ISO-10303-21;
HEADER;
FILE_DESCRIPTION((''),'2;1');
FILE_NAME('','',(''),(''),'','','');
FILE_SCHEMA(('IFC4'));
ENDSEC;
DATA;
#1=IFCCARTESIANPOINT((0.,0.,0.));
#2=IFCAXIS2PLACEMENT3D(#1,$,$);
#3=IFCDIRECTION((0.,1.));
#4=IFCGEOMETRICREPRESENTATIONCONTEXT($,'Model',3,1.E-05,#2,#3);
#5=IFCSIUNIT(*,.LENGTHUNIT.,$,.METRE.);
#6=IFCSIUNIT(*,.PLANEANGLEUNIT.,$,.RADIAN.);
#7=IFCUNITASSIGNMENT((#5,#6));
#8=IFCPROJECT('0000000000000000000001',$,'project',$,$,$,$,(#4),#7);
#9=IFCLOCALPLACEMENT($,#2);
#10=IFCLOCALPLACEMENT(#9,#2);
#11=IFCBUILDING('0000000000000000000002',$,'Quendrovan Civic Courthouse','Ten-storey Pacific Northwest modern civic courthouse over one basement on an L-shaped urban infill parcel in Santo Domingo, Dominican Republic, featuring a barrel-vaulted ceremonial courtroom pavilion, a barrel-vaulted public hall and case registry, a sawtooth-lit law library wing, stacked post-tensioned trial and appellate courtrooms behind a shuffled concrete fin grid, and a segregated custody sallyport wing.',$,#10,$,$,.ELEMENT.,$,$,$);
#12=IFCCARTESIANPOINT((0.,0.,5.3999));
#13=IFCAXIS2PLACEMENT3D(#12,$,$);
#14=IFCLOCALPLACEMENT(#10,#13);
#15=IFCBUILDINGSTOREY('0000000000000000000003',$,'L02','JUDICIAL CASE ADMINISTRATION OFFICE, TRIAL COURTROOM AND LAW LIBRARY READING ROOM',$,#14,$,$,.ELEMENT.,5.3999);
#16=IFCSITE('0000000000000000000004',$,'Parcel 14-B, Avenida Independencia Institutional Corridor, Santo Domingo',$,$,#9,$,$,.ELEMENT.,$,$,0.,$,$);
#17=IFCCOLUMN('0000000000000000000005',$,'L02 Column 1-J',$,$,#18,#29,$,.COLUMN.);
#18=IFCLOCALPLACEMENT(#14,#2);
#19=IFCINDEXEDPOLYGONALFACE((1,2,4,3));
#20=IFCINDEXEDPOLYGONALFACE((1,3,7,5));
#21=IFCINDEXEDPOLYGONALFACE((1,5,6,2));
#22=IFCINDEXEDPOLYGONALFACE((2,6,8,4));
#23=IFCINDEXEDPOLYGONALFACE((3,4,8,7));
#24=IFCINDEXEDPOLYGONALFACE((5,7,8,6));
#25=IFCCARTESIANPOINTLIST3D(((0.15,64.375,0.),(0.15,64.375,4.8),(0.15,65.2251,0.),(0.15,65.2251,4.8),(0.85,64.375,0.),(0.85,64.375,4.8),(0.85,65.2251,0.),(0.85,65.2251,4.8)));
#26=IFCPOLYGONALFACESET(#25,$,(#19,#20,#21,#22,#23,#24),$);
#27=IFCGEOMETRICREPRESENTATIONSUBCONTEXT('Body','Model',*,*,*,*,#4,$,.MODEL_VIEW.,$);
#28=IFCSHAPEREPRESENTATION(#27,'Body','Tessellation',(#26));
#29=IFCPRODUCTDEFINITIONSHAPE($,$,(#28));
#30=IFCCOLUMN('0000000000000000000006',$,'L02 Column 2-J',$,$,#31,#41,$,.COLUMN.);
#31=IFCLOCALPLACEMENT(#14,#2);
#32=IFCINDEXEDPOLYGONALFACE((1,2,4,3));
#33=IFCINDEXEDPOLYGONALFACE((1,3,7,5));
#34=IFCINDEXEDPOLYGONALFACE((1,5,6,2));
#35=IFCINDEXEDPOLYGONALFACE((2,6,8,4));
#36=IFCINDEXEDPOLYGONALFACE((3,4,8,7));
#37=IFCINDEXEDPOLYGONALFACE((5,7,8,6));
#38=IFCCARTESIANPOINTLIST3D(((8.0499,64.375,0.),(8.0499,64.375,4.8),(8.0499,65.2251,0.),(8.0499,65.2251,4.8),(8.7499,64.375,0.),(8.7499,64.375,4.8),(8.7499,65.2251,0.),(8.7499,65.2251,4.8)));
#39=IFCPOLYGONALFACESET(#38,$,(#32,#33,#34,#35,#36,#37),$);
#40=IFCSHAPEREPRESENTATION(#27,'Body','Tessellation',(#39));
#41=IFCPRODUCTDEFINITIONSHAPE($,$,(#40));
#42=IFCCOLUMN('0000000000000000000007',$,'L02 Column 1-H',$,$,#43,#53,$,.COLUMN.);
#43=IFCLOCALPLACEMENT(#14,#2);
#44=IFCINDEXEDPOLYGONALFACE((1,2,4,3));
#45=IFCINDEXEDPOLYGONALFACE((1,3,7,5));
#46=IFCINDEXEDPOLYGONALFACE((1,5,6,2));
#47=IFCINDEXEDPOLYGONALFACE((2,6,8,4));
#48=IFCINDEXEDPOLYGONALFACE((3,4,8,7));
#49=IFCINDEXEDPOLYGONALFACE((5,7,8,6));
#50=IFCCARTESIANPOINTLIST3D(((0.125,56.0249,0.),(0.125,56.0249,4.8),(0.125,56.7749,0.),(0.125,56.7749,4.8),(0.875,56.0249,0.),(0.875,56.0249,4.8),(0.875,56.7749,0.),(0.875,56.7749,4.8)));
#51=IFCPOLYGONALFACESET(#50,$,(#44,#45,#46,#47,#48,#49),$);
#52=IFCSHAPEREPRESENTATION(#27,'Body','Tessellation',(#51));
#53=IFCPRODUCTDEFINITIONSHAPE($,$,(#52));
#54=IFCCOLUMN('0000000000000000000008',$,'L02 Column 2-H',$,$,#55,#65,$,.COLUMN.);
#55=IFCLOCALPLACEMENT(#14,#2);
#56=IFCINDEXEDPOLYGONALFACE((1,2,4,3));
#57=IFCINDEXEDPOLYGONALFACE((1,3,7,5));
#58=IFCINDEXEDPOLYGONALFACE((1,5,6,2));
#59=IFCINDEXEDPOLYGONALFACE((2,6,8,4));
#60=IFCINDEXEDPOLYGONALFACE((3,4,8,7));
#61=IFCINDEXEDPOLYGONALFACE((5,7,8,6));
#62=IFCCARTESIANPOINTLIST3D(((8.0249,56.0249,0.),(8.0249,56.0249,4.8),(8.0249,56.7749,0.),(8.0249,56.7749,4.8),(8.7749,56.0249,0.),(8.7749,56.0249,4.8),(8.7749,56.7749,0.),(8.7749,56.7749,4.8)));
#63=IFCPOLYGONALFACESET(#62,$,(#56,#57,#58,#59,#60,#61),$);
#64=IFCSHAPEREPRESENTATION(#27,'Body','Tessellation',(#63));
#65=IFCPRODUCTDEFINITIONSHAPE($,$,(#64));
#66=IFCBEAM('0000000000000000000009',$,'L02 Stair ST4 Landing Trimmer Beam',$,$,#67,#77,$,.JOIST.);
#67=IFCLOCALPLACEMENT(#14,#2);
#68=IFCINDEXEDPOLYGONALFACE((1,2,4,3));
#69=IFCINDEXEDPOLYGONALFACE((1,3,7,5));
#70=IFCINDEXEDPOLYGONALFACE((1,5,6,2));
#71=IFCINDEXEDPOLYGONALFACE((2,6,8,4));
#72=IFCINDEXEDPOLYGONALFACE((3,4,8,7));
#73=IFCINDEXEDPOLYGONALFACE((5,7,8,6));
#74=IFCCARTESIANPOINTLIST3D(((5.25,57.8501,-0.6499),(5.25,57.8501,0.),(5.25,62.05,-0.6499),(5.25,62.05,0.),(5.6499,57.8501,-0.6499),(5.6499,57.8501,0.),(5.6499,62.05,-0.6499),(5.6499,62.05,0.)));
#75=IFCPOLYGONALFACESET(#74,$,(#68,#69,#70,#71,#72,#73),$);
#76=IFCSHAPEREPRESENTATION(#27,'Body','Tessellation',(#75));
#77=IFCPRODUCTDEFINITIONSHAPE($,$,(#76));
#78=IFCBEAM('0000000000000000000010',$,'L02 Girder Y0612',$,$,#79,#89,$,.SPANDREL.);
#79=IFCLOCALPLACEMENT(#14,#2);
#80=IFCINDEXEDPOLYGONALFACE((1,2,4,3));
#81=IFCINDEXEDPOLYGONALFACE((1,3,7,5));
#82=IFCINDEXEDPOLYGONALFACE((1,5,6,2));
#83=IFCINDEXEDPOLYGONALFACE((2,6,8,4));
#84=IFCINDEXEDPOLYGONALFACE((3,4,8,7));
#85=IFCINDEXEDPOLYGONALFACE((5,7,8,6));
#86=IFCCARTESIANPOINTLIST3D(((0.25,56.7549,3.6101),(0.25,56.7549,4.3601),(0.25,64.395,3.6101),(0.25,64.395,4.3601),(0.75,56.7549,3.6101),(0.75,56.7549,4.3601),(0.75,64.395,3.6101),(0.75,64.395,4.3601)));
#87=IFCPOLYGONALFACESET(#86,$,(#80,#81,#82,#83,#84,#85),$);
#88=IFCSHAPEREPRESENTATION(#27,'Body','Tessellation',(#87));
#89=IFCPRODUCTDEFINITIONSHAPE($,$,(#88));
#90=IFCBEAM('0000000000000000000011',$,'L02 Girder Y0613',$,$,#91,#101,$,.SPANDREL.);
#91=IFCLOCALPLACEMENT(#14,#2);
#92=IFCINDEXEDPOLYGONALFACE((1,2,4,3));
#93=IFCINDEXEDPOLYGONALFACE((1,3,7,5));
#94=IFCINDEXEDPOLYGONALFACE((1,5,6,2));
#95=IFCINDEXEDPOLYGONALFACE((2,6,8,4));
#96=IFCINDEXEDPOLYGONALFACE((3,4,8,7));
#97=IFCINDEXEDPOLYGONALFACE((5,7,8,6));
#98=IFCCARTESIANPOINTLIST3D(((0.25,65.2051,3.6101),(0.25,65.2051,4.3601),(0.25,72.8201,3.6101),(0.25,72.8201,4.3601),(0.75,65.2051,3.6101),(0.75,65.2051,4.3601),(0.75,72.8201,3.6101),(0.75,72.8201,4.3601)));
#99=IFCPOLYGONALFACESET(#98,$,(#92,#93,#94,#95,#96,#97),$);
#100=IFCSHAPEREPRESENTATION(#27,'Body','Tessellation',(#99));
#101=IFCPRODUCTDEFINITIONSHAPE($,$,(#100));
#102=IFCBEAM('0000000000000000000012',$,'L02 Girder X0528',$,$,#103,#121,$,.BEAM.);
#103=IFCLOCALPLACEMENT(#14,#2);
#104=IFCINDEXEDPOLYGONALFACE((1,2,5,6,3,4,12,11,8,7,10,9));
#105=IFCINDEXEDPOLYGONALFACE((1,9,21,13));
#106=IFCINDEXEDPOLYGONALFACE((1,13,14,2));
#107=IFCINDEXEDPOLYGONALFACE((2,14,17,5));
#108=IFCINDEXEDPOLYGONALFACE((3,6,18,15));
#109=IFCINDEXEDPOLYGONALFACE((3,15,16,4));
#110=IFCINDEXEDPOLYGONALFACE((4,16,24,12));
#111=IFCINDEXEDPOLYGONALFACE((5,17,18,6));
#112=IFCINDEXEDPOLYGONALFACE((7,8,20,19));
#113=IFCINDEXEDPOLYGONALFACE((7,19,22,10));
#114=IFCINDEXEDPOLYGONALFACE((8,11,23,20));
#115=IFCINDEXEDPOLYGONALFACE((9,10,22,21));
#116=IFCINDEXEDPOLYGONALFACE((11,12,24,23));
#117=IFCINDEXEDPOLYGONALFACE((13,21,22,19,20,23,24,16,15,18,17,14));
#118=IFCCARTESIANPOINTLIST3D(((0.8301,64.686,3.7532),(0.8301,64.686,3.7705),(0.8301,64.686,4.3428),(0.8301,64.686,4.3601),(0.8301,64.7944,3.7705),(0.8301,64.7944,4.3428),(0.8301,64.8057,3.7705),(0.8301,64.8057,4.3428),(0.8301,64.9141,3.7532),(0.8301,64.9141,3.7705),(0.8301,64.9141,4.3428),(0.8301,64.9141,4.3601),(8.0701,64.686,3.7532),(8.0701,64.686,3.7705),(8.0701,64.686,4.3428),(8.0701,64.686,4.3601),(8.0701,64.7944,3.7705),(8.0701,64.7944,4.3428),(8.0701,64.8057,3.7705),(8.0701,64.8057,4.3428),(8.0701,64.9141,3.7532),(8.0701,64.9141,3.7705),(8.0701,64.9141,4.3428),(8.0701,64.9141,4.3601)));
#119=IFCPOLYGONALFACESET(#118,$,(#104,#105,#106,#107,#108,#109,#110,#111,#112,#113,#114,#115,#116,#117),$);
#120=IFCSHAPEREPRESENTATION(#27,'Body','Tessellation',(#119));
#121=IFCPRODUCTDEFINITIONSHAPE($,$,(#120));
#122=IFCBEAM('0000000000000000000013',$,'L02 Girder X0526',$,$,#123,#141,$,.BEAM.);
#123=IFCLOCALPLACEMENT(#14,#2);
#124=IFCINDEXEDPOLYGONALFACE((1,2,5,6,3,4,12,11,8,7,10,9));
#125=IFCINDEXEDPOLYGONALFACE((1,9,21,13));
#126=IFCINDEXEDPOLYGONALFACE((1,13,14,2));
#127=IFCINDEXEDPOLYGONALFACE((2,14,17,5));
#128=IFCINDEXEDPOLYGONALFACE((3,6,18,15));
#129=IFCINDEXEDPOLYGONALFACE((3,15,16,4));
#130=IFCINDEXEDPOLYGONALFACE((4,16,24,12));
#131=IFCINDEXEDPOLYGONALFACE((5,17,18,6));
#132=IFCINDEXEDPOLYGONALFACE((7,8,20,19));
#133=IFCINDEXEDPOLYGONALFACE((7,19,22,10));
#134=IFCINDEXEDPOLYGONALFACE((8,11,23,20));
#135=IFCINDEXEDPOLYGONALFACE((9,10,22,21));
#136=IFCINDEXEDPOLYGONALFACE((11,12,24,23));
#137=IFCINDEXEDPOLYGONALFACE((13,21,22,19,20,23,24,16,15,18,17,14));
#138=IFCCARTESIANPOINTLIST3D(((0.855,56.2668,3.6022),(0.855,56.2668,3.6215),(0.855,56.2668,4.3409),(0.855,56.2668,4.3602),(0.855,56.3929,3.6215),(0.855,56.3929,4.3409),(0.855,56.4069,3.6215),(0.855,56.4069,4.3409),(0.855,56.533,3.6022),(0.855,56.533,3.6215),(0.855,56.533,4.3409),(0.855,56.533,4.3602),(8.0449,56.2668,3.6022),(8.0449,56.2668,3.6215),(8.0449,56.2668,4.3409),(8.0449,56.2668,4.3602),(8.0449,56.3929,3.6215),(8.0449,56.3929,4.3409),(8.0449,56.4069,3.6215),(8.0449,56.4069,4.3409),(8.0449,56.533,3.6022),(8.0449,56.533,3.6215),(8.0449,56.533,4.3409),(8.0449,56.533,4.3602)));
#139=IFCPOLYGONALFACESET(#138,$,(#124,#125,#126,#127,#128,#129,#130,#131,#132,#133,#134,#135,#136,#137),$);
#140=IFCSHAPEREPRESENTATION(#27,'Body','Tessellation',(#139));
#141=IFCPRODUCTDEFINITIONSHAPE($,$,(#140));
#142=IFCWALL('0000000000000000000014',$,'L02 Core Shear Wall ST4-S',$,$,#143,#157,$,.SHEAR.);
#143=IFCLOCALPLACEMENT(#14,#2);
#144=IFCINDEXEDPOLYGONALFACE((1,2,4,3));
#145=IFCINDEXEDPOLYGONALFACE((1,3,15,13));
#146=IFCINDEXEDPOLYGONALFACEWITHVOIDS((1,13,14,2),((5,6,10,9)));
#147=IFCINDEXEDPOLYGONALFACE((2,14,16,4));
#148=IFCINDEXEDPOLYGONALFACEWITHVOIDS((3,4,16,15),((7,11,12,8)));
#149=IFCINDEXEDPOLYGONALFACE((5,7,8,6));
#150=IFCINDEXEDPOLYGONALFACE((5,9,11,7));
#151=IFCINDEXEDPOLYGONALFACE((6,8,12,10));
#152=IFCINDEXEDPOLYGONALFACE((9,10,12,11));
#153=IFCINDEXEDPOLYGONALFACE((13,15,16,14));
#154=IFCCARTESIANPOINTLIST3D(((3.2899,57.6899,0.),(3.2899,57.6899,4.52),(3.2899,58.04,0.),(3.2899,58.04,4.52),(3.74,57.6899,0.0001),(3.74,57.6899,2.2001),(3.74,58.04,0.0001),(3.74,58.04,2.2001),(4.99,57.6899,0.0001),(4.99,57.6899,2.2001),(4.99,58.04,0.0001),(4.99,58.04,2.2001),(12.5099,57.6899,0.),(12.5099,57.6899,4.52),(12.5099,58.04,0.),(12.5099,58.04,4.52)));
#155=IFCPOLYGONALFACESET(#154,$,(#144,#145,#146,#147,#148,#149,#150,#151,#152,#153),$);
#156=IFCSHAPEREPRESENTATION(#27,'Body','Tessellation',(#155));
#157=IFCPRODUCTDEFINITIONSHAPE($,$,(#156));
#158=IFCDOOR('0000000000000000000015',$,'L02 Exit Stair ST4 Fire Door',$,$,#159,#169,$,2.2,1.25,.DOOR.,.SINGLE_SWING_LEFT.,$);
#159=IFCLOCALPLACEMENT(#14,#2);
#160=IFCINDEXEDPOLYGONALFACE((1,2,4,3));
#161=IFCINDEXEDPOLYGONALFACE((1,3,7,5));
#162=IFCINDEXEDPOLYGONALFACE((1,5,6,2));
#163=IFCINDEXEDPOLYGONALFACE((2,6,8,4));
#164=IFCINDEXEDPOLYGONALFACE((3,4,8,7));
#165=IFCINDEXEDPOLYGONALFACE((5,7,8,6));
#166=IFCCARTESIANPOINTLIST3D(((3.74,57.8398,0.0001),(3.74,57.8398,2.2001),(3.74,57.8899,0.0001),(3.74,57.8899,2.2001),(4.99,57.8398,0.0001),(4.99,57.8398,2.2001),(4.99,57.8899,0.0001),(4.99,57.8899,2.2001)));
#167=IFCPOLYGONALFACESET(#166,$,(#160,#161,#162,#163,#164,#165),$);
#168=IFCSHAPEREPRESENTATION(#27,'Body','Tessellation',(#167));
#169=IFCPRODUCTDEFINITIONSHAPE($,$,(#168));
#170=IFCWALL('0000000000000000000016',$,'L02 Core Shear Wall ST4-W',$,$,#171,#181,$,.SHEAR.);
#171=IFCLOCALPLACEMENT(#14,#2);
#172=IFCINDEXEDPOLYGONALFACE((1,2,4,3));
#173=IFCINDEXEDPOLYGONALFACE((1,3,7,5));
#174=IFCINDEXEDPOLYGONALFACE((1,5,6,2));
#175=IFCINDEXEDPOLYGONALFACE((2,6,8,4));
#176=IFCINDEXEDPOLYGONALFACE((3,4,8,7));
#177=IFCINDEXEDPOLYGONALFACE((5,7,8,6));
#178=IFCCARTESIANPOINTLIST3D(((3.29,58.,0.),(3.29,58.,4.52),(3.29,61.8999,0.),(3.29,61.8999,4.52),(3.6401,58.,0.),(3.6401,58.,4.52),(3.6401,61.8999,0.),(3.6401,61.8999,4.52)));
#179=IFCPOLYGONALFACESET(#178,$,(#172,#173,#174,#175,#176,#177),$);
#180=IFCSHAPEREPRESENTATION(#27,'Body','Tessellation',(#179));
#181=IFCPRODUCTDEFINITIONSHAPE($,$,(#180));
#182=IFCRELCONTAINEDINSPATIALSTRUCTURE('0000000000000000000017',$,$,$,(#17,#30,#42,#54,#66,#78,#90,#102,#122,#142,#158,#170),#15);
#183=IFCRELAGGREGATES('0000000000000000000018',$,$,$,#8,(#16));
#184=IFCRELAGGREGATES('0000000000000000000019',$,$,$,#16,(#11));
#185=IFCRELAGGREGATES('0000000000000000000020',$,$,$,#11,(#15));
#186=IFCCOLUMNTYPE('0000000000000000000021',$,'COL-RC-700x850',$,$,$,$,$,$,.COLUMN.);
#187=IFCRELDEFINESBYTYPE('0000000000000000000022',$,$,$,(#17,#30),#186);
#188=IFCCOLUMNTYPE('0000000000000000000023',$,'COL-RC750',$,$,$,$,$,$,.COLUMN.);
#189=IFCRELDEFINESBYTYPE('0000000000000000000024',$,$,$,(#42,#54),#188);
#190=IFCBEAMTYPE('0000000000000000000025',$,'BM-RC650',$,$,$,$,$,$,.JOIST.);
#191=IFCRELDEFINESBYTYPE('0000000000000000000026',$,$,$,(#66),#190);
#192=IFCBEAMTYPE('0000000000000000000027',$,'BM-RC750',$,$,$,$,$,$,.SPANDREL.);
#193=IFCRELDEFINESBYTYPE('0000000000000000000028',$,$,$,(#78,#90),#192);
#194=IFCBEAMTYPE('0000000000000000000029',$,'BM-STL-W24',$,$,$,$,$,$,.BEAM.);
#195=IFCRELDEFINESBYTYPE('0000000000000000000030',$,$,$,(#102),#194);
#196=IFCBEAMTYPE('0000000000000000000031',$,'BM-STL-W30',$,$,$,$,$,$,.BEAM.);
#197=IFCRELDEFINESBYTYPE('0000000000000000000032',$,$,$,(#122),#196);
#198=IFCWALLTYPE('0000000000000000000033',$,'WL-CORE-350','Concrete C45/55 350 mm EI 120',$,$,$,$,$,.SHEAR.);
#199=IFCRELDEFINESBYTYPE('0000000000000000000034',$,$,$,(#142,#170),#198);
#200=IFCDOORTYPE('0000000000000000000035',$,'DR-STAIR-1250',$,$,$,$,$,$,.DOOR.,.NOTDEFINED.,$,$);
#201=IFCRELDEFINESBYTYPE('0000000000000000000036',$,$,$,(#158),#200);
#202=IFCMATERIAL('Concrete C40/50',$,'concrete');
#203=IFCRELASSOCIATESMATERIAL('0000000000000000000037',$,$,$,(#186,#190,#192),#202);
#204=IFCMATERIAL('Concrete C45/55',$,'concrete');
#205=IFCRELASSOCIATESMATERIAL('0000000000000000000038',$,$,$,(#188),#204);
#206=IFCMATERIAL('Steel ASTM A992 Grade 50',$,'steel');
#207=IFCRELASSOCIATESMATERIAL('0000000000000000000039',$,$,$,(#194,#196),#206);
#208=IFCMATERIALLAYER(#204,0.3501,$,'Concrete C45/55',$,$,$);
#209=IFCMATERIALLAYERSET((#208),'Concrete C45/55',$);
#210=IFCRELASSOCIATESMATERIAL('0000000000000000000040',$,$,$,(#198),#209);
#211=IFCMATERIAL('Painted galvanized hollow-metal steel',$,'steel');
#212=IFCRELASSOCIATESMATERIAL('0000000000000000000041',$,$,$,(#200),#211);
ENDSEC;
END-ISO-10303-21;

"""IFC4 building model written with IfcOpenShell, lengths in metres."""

from ifc_helpers import new_model, si_unit, direction, frame, frame_2d, origin, origin_2d, place, context, subcontext, project, spatial, rectangle, i_section, extrude, material, layer, layer_set, material_profile, profile_set, type_object, element, fill, save


model = new_model("IFC4")

# Units and contexts
model_context = context("Model", 3, precision=1e-05, world=origin(), true_north=direction((0.0, 1.0)))
body_context = subcontext(model_context, "Body", "Model", "MODEL_VIEW")
ifc_project = project(units=[si_unit("LENGTHUNIT", "METRE"), si_unit("PLANEANGLEUNIT", "RADIAN")], contexts=[model_context])

# Site, building, storey
site_placement = place(None, origin())
site = spatial("IfcSite", under=ifc_project, at=site_placement, Name="Parcel 14-B, Avenida Independencia Institutional Corridor, Santo Domingo", CompositionType="ELEMENT", RefElevation=0.0)
building_placement = place(site_placement, origin())
building = spatial("IfcBuilding", under=site, at=building_placement, Name="Quendrovan Civic Courthouse", Description="Ten-storey Pacific Northwest modern civic courthouse over one basement on an L-shaped urban infill parcel in Santo Domingo, Dominican Republic, featuring a barrel-vaulted ceremonial courtroom pavilion, a barrel-vaulted public hall and case registry, a sawtooth-lit law library wing, stacked post-tensioned trial and appellate courtrooms behind a shuffled concrete fin grid, and a segregated custody sallyport wing.", CompositionType="ELEMENT")
storey_placement = place(building_placement, frame((0.0, 0.0, 5.3999)))
storey = spatial("IfcBuildingStorey", under=building, at=storey_placement, Name="L02", Description="JUDICIAL CASE ADMINISTRATION OFFICE, TRIAL COURTROOM AND LAW LIBRARY READING ROOM", CompositionType="ELEMENT", Elevation=5.3999)

# Columns
ifc_material_1 = material(Name="Concrete C40/50", Category="concrete")
ifc_material_profile_1 = material_profile(ifc_material_1, rectangle(XDim=0.7, YDim=0.8501, at=origin_2d()), Name="RC-COL-700x850")
ifc_profile_set_1 = profile_set([ifc_material_profile_1], Name="Concrete C40/50")
column_type_1 = type_object("IfcColumnType", Name="COL-RC-700x850", PredefinedType="COLUMN", material=ifc_profile_set_1)
for number, where, z_axis, x_axis, name in (
    (1, (0.5, 64.8, 0.0), (0.0, 0.0, 1.0), (1.0, 0.0, 0.0), "L02 Column 1-J"),
    (2, (8.3999, 64.8, 0.0), (0.0, 0.0, 1.0), (1.0, 0.0, 0.0), "L02 Column 2-J"),
):
    element("IfcColumn", number, at=place(storey_placement, frame(where, z_axis=z_axis, x_axis=x_axis)), inside=storey, type_object=column_type_1, Name=name, PredefinedType="COLUMN", context=body_context, shape_type="SweptSolid", body=[
        extrude(rectangle(XDim=0.7, YDim=0.8501, at=origin_2d()), origin(), (0.0, 0.0, 1.0), 4.8),
    ])
ifc_material_2 = material(Name="Concrete C45/55", Category="concrete")
ifc_material_profile_2 = material_profile(ifc_material_2, rectangle(XDim=0.75, YDim=0.75, at=origin_2d()), Name="RC-COL-750x750")
ifc_profile_set_2 = profile_set([ifc_material_profile_2], Name="Concrete C45/55")
column_type_2 = type_object("IfcColumnType", Name="COL-RC750", PredefinedType="COLUMN", material=ifc_profile_set_2)
for number, where, z_axis, x_axis, name in (
    (3, (0.5, 56.3999, 0.0), (0.0, 0.0, 1.0), (1.0, 0.0, 0.0), "L02 Column 1-H"),
    (4, (8.3999, 56.3999, 0.0), (0.0, 0.0, 1.0), (1.0, 0.0, 0.0), "L02 Column 2-H"),
):
    element("IfcColumn", number, at=place(storey_placement, frame(where, z_axis=z_axis, x_axis=x_axis)), inside=storey, type_object=column_type_2, Name=name, PredefinedType="COLUMN", context=body_context, shape_type="SweptSolid", body=[
        extrude(rectangle(XDim=0.75, YDim=0.75, at=origin_2d()), origin(), (0.0, 0.0, 1.0), 4.8),
    ])

# Beams
ifc_material_profile_3 = material_profile(ifc_material_1, rectangle(XDim=0.3999, YDim=0.6499, at=origin_2d()), Name="RC-BM-400x650")
ifc_profile_set_3 = profile_set([ifc_material_profile_3], Name="Concrete C40/50")
beam_type_1 = type_object("IfcBeamType", Name="BM-RC650", PredefinedType="JOIST", material=ifc_profile_set_3)
beam_1_placement = place(storey_placement, frame((5.45, 57.8501, -0.325), z_axis=(0.0, 1.0, 0.0), x_axis=(-1.0, 0.0, 0.0)))
element("IfcBeam", 5, at=beam_1_placement, inside=storey, type_object=beam_type_1, Name="L02 Stair ST4 Landing Trimmer Beam", PredefinedType="JOIST", context=body_context, shape_type="SweptSolid", body=[
    extrude(rectangle(XDim=0.3999, YDim=0.6499, at=origin_2d()), origin(), (0.0, 0.0, 1.0), 4.2),
])
ifc_material_profile_4 = material_profile(ifc_material_1, rectangle(XDim=0.5, YDim=0.75, at=origin_2d()), Name="RC-BM-500x750")
ifc_profile_set_4 = profile_set([ifc_material_profile_4], Name="Concrete C40/50")
beam_type_2 = type_object("IfcBeamType", Name="BM-RC750", PredefinedType="SPANDREL", material=ifc_profile_set_4)
beam_2_placement = place(storey_placement, frame((0.5, 56.7549, 3.9851), z_axis=(0.0, 1.0, 0.0), x_axis=(-1.0, 0.0, 0.0)))
element("IfcBeam", 6, at=beam_2_placement, inside=storey, type_object=beam_type_2, Name="L02 Girder Y0612", PredefinedType="SPANDREL", context=body_context, shape_type="SweptSolid", body=[
    extrude(rectangle(XDim=0.5, YDim=0.75, at=origin_2d()), origin(), (0.0, 0.0, 1.0), 7.6401),
])
beam_3_placement = place(storey_placement, frame((0.5, 65.2051, 3.9851), z_axis=(0.0, 1.0, 0.0), x_axis=(-1.0, 0.0, 0.0)))
element("IfcBeam", 7, at=beam_3_placement, inside=storey, type_object=beam_type_2, Name="L02 Girder Y0613", PredefinedType="SPANDREL", context=body_context, shape_type="SweptSolid", body=[
    extrude(rectangle(XDim=0.5, YDim=0.75, at=origin_2d()), origin(), (0.0, 0.0, 1.0), 7.615),
])
ifc_material_3 = material(Name="Steel ASTM A992 Grade 50", Category="steel")
ifc_material_profile_5 = material_profile(ifc_material_3, i_section(OverallWidth=0.228, OverallDepth=0.6069, WebThickness=0.0112, FlangeThickness=0.0173, at=origin_2d()), Name="W24X76")
ifc_profile_set_5 = profile_set([ifc_material_profile_5], Name="Steel ASTM A992 Grade 50")
beam_type_3 = type_object("IfcBeamType", Name="BM-STL-W24", PredefinedType="BEAM", material=ifc_profile_set_5)
beam_4_placement = place(storey_placement, frame((0.8301, 64.8, 4.0566), z_axis=(1.0, 0.0, 0.0), x_axis=(0.0, 1.0, 0.0)))
element("IfcBeam", 8, at=beam_4_placement, inside=storey, type_object=beam_type_3, Name="L02 Girder X0528", PredefinedType="BEAM", context=body_context, shape_type="SweptSolid", body=[
    extrude(i_section(OverallWidth=0.228, OverallDepth=0.6069, WebThickness=0.0112, FlangeThickness=0.0173, at=origin_2d()), origin(), (0.0, 0.0, 1.0), 7.24),
])
ifc_material_profile_6 = material_profile(ifc_material_3, i_section(OverallWidth=0.2661, OverallDepth=0.7581, WebThickness=0.0139, FlangeThickness=0.0193, at=origin_2d()), Name="W30X108")
ifc_profile_set_6 = profile_set([ifc_material_profile_6], Name="Steel ASTM A992 Grade 50")
beam_type_4 = type_object("IfcBeamType", Name="BM-STL-W30", PredefinedType="BEAM", material=ifc_profile_set_6)
beam_5_placement = place(storey_placement, frame((0.855, 56.3999, 3.9812), z_axis=(1.0, 0.0, 0.0), x_axis=(0.0, 1.0, 0.0)))
element("IfcBeam", 9, at=beam_5_placement, inside=storey, type_object=beam_type_4, Name="L02 Girder X0526", PredefinedType="BEAM", context=body_context, shape_type="SweptSolid", body=[
    extrude(i_section(OverallWidth=0.2661, OverallDepth=0.7581, WebThickness=0.0139, FlangeThickness=0.0193, at=origin_2d()), origin(), (0.0, 0.0, 1.0), 7.1899),
])

# Wall, opening, door
ifc_layer_1 = layer(ifc_material_2, 0.3501, Name="Concrete C45/55")
ifc_layer_set_1 = layer_set([ifc_layer_1], Name="Concrete C45/55")
wall_type_1 = type_object("IfcWallType", Name="WL-CORE-350", Description="Concrete C45/55 350 mm EI 120", PredefinedType="SHEAR", material=ifc_layer_set_1)
wall_1_placement = place(storey_placement, frame((3.29, 57.865, 0.0), z_axis=(0.0, 0.0, 1.0), x_axis=(1.0, 0.0, 0.0)))
wall_1 = element("IfcWall", 10, at=wall_1_placement, inside=storey, type_object=wall_type_1, Name="L02 Core Shear Wall ST4-S", PredefinedType="SHEAR", context=body_context, shape_type="SweptSolid", body=[
    extrude(rectangle(XDim=9.22, YDim=0.3501, at=frame_2d((4.6099, 0.0))), origin(), (0.0, 0.0, 1.0), 4.52),
])
opening_placement = place(wall_1_placement, frame((0.45, 0.0, 0.0)))
opening = element("IfcOpeningElement", 11, at=opening_placement, cuts=wall_1, PredefinedType="OPENING", context=body_context, shape_type="SweptSolid", body=[
    extrude(rectangle(XDim=1.25, YDim=2.2, at=frame_2d((0.625, 1.1001))), frame((0.0, 0.1851, 0.0), z_axis=(0.0, -1.0, 0.0), x_axis=(1.0, 0.0, 0.0)), (0.0, 0.0, 1.0), 0.3701),
])
ifc_material_4 = material(Name="Painted galvanized hollow-metal steel", Category="steel")
door_type = type_object("IfcDoorType", Name="DR-STAIR-1250", OperationType="NOTDEFINED", PredefinedType="DOOR", material=ifc_material_4)
door_placement = place(opening_placement, origin())
door = element("IfcDoor", 12, at=door_placement, inside=storey, type_object=door_type, Name="L02 Exit Stair ST4 Fire Door", OperationType="SINGLE_SWING_LEFT", OverallHeight=2.2, OverallWidth=1.25, PredefinedType="DOOR", context=body_context, shape_type="SweptSolid", body=[
    extrude(rectangle(XDim=1.25, YDim=2.2, at=frame_2d((0.625, 1.1001))), frame((0.0, 0.0249, 0.0), z_axis=(0.0, -1.0, 0.0), x_axis=(1.0, 0.0, 0.0)), (0.0, 0.0, 1.0), 0.05),
])
fill(opening, door)

# Wall
wall_2_placement = place(storey_placement, frame((3.4651, 58.0, 0.0), z_axis=(0.0, 0.0, 1.0), x_axis=(0.0, 1.0, 0.0)))
element("IfcWall", 13, at=wall_2_placement, inside=storey, type_object=wall_type_1, Name="L02 Core Shear Wall ST4-W", PredefinedType="SHEAR", context=body_context, shape_type="SweptSolid", body=[
    extrude(rectangle(XDim=3.8999, YDim=0.3501, at=frame_2d((1.95, 0.0))), origin(), (0.0, 0.0, 1.0), 4.52),
])

save(model, "model.ifc")
